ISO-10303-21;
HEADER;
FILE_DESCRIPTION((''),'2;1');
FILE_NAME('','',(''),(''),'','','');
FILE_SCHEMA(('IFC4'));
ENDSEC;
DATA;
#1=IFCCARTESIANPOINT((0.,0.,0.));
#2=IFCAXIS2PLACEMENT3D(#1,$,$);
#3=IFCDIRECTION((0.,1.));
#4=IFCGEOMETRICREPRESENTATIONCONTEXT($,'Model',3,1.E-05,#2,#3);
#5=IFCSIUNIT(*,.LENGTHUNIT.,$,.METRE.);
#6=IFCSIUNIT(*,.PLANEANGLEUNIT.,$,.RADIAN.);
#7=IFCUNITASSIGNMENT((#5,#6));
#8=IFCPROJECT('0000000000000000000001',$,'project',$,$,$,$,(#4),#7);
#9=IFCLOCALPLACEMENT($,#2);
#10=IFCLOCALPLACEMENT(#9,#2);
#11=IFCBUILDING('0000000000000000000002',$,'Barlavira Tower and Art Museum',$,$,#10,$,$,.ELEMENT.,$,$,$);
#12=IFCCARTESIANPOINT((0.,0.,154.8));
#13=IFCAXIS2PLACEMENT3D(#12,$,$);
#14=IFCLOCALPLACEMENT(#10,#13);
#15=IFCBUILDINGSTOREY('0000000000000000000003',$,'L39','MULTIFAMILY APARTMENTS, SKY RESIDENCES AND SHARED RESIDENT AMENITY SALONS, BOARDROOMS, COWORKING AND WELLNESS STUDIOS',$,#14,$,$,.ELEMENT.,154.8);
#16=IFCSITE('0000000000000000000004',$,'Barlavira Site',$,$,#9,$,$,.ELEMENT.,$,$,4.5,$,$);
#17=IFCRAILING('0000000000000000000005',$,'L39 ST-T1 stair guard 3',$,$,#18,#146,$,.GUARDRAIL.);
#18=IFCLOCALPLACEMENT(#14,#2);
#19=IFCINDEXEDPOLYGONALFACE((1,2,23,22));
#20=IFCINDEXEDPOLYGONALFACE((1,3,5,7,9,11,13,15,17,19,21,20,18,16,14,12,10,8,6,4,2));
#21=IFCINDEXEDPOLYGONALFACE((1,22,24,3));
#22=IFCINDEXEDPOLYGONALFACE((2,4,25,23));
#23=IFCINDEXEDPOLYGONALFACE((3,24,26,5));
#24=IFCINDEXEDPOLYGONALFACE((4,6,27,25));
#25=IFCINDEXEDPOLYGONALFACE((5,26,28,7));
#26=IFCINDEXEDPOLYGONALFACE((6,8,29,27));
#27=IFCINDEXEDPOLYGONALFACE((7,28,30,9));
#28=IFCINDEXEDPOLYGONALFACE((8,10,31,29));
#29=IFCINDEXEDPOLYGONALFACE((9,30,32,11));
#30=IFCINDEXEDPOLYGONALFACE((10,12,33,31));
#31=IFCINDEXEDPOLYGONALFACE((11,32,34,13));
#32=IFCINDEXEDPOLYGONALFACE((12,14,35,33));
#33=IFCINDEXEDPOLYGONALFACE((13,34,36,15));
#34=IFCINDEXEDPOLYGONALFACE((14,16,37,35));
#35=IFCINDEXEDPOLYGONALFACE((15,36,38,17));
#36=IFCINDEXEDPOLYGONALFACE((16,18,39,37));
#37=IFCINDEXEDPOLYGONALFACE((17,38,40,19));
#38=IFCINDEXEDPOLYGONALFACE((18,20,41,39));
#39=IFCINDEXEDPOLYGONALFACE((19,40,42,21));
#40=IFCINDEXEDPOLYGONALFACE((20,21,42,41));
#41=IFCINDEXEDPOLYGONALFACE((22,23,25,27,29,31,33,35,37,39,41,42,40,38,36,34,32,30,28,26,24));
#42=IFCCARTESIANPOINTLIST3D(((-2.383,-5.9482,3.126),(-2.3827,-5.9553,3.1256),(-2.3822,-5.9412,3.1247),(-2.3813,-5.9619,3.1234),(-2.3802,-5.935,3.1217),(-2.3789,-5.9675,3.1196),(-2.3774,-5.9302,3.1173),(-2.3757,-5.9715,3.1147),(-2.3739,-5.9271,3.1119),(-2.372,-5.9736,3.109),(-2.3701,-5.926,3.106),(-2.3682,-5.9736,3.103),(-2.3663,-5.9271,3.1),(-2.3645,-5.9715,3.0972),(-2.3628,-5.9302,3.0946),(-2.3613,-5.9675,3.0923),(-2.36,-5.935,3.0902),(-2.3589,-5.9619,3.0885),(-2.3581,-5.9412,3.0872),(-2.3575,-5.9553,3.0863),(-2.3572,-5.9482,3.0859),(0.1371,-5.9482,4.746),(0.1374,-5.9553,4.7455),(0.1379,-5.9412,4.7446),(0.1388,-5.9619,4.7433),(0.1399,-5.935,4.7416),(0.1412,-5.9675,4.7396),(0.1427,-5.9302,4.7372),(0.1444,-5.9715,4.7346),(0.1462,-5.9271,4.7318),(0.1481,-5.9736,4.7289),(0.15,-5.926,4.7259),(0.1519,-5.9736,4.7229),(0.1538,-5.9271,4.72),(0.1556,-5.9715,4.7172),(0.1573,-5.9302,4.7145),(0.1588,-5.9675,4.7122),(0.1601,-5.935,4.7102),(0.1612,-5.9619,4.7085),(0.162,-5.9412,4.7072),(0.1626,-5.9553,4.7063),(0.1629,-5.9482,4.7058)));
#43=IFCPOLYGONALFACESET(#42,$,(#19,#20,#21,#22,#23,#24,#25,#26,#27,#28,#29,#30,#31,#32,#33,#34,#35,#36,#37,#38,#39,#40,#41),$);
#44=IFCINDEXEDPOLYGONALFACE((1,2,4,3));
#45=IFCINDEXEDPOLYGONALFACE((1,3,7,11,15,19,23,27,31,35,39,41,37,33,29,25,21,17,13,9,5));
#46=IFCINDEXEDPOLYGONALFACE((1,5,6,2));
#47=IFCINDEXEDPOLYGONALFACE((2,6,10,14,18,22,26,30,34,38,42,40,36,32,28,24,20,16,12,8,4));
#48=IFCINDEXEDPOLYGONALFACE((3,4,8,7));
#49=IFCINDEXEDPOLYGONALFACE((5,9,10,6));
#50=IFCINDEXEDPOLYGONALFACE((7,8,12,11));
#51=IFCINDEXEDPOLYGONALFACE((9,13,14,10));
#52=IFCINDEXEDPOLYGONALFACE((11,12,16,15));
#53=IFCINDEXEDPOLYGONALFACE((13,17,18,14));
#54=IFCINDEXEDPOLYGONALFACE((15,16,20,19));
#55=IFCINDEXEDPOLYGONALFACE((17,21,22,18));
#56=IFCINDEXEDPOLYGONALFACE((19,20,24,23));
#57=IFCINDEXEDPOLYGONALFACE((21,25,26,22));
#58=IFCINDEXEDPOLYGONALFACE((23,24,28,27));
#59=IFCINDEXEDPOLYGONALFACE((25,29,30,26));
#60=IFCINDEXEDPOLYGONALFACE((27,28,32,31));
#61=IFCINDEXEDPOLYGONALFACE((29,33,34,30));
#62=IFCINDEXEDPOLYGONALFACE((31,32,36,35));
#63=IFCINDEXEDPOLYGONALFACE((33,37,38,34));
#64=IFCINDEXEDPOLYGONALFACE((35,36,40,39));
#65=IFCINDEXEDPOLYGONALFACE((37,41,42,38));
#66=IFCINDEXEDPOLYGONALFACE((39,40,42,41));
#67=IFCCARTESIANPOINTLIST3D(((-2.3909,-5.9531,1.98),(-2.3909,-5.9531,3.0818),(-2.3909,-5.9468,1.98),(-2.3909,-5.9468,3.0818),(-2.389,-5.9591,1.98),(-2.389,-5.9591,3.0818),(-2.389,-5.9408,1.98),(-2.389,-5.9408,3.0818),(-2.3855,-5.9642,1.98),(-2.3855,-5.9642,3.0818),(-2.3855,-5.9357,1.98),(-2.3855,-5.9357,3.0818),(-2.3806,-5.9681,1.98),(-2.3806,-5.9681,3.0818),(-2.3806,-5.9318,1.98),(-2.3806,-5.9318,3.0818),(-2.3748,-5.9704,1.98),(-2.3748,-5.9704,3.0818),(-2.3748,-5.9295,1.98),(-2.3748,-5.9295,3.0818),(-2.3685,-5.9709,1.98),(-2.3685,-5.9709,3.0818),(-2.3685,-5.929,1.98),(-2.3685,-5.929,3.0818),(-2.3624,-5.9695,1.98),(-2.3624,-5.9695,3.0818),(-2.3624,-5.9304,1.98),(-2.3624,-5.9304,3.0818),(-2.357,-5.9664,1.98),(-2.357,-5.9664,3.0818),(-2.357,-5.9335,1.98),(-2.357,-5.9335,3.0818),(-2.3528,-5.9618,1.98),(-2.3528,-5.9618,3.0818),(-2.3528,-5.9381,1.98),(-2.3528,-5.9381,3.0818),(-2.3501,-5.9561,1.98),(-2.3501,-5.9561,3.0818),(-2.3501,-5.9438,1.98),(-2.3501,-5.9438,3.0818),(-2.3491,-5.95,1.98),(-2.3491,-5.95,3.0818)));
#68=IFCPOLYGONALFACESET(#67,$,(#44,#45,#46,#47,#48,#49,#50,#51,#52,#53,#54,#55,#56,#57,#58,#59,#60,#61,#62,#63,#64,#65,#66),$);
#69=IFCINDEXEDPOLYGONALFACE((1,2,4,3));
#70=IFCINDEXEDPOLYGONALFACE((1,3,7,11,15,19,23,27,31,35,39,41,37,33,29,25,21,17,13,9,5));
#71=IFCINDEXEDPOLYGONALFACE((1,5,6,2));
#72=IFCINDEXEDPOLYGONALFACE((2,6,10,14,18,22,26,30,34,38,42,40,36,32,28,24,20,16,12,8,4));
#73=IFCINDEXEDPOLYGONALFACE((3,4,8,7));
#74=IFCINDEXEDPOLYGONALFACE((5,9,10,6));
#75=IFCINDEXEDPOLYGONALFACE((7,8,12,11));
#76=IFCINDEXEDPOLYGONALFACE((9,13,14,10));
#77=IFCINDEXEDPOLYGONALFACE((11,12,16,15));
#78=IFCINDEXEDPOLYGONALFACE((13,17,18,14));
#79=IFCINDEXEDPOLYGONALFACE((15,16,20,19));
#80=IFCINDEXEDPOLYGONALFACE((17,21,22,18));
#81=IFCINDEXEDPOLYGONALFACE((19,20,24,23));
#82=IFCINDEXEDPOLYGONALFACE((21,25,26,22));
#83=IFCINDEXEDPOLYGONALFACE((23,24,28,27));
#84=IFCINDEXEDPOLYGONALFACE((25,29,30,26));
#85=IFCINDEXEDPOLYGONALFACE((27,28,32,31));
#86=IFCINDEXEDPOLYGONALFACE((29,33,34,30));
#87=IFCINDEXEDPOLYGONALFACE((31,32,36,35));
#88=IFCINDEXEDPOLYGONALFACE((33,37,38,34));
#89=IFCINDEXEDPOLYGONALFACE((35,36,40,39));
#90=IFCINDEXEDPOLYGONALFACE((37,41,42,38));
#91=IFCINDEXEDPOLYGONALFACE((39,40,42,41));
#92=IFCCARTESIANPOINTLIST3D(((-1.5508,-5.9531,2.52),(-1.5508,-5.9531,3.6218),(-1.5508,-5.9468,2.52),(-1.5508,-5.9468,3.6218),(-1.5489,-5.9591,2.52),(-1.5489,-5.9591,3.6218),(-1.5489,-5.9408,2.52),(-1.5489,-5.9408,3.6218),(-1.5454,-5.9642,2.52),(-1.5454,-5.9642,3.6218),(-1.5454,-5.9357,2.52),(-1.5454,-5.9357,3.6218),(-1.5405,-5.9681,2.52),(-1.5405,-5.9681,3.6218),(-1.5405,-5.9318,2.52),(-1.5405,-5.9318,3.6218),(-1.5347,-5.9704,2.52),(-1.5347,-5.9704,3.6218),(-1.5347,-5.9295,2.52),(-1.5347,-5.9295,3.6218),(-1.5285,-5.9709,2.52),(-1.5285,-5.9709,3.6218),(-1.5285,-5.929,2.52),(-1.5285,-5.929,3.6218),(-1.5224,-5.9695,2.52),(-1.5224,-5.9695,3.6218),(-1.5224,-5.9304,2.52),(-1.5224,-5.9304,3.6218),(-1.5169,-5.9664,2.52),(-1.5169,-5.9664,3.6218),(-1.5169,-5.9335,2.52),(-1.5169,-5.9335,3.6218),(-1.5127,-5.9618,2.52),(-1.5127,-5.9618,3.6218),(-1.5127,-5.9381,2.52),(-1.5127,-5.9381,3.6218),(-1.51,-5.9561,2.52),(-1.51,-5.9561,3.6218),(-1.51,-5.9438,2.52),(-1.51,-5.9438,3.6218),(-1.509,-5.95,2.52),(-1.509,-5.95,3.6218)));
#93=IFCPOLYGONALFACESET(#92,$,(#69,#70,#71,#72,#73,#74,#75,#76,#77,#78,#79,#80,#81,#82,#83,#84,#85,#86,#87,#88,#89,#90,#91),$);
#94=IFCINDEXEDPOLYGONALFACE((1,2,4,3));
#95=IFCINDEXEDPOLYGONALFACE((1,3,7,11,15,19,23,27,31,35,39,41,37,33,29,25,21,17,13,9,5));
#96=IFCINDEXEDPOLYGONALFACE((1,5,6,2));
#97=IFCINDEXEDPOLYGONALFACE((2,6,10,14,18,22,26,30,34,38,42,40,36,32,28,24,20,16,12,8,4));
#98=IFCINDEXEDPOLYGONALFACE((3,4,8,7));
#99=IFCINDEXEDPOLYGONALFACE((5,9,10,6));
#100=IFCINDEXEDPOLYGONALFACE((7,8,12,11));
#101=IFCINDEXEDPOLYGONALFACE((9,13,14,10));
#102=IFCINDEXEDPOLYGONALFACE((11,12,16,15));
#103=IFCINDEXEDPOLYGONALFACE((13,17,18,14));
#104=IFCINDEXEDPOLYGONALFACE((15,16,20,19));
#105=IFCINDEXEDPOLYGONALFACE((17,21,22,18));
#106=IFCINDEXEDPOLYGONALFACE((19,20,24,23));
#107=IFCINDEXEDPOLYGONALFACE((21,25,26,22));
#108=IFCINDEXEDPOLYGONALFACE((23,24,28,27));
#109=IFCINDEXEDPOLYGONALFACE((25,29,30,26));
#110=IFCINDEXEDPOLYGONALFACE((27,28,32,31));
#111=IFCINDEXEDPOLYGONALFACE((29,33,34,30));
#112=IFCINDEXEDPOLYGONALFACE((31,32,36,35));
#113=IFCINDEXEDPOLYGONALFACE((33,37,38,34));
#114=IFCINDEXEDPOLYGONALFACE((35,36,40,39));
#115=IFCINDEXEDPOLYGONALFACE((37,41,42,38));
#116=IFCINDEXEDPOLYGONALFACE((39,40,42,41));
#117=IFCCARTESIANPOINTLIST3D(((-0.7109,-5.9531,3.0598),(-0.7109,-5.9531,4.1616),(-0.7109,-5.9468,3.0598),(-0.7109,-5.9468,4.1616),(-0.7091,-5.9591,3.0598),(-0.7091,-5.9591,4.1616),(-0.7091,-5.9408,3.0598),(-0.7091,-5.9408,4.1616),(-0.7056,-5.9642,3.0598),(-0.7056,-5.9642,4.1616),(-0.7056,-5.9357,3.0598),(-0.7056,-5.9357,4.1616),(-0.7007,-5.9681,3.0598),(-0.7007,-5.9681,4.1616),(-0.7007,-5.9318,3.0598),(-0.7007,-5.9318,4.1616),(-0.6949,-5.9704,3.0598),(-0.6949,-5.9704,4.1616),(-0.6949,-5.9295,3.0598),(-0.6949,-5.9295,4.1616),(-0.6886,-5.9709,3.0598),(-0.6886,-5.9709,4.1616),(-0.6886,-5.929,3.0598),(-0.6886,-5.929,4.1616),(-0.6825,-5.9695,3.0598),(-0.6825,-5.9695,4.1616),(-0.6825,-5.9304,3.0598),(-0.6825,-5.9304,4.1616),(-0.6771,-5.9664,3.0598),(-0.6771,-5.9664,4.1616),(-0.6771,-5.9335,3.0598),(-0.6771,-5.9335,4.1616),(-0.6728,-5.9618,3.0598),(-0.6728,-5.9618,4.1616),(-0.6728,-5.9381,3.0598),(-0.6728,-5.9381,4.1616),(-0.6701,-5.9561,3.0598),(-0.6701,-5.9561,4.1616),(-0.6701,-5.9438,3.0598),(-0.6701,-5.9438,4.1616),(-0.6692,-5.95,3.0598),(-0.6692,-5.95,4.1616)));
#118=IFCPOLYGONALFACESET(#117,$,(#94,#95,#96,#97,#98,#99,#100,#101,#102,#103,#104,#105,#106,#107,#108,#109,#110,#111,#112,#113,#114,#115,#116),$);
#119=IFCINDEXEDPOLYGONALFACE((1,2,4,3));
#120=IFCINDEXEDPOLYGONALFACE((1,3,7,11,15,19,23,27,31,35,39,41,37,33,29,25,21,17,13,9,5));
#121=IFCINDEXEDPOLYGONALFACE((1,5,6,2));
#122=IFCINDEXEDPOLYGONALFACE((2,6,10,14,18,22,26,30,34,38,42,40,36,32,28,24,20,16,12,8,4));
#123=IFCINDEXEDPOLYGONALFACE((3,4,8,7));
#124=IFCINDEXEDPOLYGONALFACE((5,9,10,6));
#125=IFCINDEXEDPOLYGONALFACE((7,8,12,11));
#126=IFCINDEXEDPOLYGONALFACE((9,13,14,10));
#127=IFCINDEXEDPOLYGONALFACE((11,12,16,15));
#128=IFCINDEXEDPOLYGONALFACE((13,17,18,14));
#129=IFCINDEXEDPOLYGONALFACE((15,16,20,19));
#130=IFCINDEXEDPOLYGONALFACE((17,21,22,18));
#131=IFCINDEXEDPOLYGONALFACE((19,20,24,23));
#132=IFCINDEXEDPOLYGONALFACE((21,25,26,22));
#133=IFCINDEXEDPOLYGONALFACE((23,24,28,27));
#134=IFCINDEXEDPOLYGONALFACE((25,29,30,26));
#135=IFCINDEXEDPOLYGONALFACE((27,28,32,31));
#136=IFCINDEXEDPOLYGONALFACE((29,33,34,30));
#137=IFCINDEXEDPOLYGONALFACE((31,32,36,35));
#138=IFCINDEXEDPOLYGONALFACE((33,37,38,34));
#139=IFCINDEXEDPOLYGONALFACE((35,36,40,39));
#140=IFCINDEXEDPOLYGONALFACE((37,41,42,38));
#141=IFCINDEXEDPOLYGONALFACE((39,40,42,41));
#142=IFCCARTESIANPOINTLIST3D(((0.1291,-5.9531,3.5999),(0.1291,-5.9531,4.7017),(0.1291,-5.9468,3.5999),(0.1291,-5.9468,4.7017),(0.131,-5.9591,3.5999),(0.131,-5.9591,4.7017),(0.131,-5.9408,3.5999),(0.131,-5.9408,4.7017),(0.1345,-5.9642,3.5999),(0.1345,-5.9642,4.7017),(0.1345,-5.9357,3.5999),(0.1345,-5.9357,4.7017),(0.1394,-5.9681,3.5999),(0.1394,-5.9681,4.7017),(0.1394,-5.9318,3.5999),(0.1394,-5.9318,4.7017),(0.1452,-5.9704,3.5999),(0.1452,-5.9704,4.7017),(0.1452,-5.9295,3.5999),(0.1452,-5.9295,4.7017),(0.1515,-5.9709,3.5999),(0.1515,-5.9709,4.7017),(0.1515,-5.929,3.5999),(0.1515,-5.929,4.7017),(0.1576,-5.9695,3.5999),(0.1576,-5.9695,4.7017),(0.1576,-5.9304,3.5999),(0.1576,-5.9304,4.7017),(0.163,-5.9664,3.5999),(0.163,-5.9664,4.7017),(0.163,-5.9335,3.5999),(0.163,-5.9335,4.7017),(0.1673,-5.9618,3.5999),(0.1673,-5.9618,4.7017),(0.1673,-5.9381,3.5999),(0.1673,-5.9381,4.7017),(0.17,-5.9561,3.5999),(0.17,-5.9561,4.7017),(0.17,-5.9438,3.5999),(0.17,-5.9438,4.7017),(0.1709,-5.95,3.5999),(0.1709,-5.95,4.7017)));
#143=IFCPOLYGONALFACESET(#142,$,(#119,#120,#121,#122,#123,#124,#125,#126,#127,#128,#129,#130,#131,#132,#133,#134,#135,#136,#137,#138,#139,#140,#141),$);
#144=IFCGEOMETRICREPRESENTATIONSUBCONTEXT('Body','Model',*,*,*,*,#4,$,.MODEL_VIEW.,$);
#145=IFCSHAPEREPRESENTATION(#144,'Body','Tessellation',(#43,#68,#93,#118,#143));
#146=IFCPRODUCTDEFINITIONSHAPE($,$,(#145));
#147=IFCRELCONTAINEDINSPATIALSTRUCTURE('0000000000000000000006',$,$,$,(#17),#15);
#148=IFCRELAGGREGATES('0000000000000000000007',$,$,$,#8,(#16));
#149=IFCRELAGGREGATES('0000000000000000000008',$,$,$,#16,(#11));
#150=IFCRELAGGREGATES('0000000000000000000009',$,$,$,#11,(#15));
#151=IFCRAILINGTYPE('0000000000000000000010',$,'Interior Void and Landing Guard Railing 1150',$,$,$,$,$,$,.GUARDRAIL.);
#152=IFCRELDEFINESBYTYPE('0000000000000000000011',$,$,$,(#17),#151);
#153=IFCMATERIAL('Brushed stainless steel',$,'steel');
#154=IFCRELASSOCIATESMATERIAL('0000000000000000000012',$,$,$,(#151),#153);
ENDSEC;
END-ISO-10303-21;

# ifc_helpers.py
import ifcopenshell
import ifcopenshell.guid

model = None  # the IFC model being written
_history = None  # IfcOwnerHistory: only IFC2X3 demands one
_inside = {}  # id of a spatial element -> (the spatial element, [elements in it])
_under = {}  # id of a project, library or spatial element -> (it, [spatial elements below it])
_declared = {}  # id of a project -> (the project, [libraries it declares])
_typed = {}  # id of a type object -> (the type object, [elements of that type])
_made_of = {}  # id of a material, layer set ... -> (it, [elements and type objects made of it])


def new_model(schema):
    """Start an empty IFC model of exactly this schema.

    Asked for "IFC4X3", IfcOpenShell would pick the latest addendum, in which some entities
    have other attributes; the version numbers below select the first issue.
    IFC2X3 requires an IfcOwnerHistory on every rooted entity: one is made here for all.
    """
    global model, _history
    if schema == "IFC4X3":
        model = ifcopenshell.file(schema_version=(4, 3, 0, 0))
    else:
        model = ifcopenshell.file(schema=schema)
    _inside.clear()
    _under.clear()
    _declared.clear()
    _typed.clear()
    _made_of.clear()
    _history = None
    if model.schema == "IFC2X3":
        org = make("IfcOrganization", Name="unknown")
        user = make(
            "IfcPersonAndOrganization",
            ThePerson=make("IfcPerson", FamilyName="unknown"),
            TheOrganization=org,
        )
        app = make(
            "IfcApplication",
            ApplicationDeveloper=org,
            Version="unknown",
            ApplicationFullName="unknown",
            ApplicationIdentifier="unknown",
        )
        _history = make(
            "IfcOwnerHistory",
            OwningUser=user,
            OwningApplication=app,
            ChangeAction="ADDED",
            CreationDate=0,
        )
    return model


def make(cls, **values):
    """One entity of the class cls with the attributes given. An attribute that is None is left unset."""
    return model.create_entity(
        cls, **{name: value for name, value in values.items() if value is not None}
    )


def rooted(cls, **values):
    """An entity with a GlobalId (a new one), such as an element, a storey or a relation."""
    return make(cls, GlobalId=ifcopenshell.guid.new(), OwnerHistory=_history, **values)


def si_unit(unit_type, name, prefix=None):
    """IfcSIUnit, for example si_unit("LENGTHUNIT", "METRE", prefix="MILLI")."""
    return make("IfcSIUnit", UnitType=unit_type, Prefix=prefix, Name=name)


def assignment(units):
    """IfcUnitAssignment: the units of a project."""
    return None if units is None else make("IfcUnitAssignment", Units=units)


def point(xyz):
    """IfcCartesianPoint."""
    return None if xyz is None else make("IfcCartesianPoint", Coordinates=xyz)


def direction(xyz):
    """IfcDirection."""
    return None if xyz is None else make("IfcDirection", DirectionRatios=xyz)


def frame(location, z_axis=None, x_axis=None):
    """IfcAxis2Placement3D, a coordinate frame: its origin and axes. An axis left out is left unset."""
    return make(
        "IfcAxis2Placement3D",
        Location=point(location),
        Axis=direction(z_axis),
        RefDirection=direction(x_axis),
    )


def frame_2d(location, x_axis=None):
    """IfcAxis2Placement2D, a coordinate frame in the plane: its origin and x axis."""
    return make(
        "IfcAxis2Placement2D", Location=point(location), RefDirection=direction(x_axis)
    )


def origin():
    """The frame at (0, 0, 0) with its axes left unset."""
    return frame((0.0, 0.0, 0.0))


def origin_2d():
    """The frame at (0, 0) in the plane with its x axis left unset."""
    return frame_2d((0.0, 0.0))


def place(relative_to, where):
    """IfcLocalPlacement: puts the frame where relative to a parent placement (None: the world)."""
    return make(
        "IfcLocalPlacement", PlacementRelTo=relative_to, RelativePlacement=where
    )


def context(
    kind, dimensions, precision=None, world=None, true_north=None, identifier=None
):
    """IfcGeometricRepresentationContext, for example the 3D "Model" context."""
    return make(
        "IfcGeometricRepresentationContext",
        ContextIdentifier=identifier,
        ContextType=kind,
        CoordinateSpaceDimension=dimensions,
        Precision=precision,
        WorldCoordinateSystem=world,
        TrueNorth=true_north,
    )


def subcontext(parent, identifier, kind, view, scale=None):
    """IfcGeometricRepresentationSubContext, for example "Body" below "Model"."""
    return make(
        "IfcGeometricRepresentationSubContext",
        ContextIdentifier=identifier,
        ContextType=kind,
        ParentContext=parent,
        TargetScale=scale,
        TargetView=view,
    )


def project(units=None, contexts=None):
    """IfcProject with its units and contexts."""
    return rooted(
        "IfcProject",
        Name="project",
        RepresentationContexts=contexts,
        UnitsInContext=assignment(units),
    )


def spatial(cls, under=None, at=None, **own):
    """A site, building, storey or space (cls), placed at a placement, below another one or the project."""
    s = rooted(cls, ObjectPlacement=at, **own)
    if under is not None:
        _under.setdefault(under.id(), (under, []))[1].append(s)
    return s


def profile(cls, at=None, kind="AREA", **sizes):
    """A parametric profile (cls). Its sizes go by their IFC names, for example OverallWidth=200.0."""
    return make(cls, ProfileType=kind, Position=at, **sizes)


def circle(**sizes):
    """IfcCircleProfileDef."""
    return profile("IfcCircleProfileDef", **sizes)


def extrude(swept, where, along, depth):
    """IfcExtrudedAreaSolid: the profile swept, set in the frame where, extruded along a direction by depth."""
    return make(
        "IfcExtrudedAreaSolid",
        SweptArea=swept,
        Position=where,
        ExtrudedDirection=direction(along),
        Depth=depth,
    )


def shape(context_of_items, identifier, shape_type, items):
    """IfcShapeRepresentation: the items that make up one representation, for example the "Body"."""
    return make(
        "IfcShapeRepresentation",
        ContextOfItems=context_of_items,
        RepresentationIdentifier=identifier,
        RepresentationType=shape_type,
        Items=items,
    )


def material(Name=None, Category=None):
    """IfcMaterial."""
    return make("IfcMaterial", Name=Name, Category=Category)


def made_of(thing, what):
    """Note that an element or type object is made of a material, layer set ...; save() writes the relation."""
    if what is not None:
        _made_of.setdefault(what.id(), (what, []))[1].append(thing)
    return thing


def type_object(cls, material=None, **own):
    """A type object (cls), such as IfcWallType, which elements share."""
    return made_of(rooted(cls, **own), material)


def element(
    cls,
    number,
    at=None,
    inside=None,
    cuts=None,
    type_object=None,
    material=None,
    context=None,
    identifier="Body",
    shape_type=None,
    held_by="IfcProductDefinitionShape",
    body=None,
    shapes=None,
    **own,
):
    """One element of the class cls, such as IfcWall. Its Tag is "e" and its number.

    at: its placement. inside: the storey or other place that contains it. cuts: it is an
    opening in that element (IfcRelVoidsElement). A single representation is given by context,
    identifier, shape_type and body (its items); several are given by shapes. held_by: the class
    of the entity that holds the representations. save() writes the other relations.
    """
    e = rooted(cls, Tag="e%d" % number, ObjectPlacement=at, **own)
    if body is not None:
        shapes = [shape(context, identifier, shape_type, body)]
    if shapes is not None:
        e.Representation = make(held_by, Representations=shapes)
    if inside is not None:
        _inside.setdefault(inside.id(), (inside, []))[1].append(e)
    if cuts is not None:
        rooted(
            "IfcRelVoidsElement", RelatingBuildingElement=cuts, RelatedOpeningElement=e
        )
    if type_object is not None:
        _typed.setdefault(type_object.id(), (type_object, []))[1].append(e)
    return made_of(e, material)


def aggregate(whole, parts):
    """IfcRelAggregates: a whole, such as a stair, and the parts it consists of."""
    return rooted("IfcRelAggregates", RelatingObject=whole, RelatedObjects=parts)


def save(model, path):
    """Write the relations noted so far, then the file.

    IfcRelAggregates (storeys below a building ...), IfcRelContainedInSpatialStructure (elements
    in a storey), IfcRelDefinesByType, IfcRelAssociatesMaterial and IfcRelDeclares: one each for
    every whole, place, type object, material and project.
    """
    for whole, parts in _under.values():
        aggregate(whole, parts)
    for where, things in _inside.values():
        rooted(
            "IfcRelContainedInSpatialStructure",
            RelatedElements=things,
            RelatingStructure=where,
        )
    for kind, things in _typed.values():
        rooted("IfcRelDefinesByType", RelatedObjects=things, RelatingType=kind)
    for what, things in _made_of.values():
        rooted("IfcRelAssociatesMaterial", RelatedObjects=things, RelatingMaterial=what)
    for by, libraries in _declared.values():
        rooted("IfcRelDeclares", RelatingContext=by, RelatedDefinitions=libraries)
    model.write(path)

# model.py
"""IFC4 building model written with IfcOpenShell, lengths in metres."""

from ifc_helpers import new_model, si_unit, direction, frame, origin, origin_2d, place, context, subcontext, project, spatial, circle, extrude, material, type_object, element, save


model = new_model("IFC4")

# Units and contexts
model_context = context("Model", 3, precision=1e-05, world=origin(), true_north=direction((0.0, 1.0)))
body_context = subcontext(model_context, "Body", "Model", "MODEL_VIEW")
ifc_project = project(units=[si_unit("LENGTHUNIT", "METRE"), si_unit("PLANEANGLEUNIT", "RADIAN")], contexts=[model_context])

# Site, building, storey
site_placement = place(None, origin())
site = spatial("IfcSite", under=ifc_project, at=site_placement, Name="Barlavira Site", CompositionType="ELEMENT", RefElevation=4.5)
building_placement = place(site_placement, origin())
building = spatial("IfcBuilding", under=site, at=building_placement, Name="Barlavira Tower and Art Museum", CompositionType="ELEMENT")
storey_placement = place(building_placement, frame((0.0, 0.0, 154.8)))
storey = spatial("IfcBuildingStorey", under=building, at=storey_placement, Name="L39", Description="MULTIFAMILY APARTMENTS, SKY RESIDENCES AND SHARED RESIDENT AMENITY SALONS, BOARDROOMS, COWORKING AND WELLNESS STUDIOS", CompositionType="ELEMENT", Elevation=154.8)

# Shared definitions
ifc_material_1 = material(Name="Brushed stainless steel", Category="steel")

# Railing
railing_type_1 = type_object("IfcRailingType", Name="Interior Void and Landing Guard Railing 1150", PredefinedType="GUARDRAIL", material=ifc_material_1)
railing_1_placement = place(storey_placement, frame((-2.3701, -5.95, 1.98)))
element("IfcRailing", 1, at=railing_1_placement, inside=storey, type_object=railing_type_1, Name="L39 ST-T1 stair guard 3", PredefinedType="GUARDRAIL", context=body_context, shape_type="SweptSolid", body=[
    extrude(circle(Radius=0.0239, at=origin_2d()), frame((0.0, 0.0, 1.126), z_axis=(0.8412, 0.0, 0.540725), x_axis=(0.0, 1.0, 0.0)), (0.0, 0.0, 1.0), 2.9958),
    extrude(circle(Radius=0.021, at=origin_2d()), origin(), (0.0, 0.0, 1.0), 1.1018),
    extrude(circle(Radius=0.021, at=origin_2d()), frame((0.8401, 0.0, 0.54)), (0.0, 0.0, 1.0), 1.1018),
    extrude(circle(Radius=0.021, at=origin_2d()), frame((1.6799, 0.0, 1.0798)), (0.0, 0.0, 1.0), 1.1018),
    extrude(circle(Radius=0.021, at=origin_2d()), frame((2.52, 0.0, 1.6199)), (0.0, 0.0, 1.0), 1.1018),
])

save(model, "model.ifc")
